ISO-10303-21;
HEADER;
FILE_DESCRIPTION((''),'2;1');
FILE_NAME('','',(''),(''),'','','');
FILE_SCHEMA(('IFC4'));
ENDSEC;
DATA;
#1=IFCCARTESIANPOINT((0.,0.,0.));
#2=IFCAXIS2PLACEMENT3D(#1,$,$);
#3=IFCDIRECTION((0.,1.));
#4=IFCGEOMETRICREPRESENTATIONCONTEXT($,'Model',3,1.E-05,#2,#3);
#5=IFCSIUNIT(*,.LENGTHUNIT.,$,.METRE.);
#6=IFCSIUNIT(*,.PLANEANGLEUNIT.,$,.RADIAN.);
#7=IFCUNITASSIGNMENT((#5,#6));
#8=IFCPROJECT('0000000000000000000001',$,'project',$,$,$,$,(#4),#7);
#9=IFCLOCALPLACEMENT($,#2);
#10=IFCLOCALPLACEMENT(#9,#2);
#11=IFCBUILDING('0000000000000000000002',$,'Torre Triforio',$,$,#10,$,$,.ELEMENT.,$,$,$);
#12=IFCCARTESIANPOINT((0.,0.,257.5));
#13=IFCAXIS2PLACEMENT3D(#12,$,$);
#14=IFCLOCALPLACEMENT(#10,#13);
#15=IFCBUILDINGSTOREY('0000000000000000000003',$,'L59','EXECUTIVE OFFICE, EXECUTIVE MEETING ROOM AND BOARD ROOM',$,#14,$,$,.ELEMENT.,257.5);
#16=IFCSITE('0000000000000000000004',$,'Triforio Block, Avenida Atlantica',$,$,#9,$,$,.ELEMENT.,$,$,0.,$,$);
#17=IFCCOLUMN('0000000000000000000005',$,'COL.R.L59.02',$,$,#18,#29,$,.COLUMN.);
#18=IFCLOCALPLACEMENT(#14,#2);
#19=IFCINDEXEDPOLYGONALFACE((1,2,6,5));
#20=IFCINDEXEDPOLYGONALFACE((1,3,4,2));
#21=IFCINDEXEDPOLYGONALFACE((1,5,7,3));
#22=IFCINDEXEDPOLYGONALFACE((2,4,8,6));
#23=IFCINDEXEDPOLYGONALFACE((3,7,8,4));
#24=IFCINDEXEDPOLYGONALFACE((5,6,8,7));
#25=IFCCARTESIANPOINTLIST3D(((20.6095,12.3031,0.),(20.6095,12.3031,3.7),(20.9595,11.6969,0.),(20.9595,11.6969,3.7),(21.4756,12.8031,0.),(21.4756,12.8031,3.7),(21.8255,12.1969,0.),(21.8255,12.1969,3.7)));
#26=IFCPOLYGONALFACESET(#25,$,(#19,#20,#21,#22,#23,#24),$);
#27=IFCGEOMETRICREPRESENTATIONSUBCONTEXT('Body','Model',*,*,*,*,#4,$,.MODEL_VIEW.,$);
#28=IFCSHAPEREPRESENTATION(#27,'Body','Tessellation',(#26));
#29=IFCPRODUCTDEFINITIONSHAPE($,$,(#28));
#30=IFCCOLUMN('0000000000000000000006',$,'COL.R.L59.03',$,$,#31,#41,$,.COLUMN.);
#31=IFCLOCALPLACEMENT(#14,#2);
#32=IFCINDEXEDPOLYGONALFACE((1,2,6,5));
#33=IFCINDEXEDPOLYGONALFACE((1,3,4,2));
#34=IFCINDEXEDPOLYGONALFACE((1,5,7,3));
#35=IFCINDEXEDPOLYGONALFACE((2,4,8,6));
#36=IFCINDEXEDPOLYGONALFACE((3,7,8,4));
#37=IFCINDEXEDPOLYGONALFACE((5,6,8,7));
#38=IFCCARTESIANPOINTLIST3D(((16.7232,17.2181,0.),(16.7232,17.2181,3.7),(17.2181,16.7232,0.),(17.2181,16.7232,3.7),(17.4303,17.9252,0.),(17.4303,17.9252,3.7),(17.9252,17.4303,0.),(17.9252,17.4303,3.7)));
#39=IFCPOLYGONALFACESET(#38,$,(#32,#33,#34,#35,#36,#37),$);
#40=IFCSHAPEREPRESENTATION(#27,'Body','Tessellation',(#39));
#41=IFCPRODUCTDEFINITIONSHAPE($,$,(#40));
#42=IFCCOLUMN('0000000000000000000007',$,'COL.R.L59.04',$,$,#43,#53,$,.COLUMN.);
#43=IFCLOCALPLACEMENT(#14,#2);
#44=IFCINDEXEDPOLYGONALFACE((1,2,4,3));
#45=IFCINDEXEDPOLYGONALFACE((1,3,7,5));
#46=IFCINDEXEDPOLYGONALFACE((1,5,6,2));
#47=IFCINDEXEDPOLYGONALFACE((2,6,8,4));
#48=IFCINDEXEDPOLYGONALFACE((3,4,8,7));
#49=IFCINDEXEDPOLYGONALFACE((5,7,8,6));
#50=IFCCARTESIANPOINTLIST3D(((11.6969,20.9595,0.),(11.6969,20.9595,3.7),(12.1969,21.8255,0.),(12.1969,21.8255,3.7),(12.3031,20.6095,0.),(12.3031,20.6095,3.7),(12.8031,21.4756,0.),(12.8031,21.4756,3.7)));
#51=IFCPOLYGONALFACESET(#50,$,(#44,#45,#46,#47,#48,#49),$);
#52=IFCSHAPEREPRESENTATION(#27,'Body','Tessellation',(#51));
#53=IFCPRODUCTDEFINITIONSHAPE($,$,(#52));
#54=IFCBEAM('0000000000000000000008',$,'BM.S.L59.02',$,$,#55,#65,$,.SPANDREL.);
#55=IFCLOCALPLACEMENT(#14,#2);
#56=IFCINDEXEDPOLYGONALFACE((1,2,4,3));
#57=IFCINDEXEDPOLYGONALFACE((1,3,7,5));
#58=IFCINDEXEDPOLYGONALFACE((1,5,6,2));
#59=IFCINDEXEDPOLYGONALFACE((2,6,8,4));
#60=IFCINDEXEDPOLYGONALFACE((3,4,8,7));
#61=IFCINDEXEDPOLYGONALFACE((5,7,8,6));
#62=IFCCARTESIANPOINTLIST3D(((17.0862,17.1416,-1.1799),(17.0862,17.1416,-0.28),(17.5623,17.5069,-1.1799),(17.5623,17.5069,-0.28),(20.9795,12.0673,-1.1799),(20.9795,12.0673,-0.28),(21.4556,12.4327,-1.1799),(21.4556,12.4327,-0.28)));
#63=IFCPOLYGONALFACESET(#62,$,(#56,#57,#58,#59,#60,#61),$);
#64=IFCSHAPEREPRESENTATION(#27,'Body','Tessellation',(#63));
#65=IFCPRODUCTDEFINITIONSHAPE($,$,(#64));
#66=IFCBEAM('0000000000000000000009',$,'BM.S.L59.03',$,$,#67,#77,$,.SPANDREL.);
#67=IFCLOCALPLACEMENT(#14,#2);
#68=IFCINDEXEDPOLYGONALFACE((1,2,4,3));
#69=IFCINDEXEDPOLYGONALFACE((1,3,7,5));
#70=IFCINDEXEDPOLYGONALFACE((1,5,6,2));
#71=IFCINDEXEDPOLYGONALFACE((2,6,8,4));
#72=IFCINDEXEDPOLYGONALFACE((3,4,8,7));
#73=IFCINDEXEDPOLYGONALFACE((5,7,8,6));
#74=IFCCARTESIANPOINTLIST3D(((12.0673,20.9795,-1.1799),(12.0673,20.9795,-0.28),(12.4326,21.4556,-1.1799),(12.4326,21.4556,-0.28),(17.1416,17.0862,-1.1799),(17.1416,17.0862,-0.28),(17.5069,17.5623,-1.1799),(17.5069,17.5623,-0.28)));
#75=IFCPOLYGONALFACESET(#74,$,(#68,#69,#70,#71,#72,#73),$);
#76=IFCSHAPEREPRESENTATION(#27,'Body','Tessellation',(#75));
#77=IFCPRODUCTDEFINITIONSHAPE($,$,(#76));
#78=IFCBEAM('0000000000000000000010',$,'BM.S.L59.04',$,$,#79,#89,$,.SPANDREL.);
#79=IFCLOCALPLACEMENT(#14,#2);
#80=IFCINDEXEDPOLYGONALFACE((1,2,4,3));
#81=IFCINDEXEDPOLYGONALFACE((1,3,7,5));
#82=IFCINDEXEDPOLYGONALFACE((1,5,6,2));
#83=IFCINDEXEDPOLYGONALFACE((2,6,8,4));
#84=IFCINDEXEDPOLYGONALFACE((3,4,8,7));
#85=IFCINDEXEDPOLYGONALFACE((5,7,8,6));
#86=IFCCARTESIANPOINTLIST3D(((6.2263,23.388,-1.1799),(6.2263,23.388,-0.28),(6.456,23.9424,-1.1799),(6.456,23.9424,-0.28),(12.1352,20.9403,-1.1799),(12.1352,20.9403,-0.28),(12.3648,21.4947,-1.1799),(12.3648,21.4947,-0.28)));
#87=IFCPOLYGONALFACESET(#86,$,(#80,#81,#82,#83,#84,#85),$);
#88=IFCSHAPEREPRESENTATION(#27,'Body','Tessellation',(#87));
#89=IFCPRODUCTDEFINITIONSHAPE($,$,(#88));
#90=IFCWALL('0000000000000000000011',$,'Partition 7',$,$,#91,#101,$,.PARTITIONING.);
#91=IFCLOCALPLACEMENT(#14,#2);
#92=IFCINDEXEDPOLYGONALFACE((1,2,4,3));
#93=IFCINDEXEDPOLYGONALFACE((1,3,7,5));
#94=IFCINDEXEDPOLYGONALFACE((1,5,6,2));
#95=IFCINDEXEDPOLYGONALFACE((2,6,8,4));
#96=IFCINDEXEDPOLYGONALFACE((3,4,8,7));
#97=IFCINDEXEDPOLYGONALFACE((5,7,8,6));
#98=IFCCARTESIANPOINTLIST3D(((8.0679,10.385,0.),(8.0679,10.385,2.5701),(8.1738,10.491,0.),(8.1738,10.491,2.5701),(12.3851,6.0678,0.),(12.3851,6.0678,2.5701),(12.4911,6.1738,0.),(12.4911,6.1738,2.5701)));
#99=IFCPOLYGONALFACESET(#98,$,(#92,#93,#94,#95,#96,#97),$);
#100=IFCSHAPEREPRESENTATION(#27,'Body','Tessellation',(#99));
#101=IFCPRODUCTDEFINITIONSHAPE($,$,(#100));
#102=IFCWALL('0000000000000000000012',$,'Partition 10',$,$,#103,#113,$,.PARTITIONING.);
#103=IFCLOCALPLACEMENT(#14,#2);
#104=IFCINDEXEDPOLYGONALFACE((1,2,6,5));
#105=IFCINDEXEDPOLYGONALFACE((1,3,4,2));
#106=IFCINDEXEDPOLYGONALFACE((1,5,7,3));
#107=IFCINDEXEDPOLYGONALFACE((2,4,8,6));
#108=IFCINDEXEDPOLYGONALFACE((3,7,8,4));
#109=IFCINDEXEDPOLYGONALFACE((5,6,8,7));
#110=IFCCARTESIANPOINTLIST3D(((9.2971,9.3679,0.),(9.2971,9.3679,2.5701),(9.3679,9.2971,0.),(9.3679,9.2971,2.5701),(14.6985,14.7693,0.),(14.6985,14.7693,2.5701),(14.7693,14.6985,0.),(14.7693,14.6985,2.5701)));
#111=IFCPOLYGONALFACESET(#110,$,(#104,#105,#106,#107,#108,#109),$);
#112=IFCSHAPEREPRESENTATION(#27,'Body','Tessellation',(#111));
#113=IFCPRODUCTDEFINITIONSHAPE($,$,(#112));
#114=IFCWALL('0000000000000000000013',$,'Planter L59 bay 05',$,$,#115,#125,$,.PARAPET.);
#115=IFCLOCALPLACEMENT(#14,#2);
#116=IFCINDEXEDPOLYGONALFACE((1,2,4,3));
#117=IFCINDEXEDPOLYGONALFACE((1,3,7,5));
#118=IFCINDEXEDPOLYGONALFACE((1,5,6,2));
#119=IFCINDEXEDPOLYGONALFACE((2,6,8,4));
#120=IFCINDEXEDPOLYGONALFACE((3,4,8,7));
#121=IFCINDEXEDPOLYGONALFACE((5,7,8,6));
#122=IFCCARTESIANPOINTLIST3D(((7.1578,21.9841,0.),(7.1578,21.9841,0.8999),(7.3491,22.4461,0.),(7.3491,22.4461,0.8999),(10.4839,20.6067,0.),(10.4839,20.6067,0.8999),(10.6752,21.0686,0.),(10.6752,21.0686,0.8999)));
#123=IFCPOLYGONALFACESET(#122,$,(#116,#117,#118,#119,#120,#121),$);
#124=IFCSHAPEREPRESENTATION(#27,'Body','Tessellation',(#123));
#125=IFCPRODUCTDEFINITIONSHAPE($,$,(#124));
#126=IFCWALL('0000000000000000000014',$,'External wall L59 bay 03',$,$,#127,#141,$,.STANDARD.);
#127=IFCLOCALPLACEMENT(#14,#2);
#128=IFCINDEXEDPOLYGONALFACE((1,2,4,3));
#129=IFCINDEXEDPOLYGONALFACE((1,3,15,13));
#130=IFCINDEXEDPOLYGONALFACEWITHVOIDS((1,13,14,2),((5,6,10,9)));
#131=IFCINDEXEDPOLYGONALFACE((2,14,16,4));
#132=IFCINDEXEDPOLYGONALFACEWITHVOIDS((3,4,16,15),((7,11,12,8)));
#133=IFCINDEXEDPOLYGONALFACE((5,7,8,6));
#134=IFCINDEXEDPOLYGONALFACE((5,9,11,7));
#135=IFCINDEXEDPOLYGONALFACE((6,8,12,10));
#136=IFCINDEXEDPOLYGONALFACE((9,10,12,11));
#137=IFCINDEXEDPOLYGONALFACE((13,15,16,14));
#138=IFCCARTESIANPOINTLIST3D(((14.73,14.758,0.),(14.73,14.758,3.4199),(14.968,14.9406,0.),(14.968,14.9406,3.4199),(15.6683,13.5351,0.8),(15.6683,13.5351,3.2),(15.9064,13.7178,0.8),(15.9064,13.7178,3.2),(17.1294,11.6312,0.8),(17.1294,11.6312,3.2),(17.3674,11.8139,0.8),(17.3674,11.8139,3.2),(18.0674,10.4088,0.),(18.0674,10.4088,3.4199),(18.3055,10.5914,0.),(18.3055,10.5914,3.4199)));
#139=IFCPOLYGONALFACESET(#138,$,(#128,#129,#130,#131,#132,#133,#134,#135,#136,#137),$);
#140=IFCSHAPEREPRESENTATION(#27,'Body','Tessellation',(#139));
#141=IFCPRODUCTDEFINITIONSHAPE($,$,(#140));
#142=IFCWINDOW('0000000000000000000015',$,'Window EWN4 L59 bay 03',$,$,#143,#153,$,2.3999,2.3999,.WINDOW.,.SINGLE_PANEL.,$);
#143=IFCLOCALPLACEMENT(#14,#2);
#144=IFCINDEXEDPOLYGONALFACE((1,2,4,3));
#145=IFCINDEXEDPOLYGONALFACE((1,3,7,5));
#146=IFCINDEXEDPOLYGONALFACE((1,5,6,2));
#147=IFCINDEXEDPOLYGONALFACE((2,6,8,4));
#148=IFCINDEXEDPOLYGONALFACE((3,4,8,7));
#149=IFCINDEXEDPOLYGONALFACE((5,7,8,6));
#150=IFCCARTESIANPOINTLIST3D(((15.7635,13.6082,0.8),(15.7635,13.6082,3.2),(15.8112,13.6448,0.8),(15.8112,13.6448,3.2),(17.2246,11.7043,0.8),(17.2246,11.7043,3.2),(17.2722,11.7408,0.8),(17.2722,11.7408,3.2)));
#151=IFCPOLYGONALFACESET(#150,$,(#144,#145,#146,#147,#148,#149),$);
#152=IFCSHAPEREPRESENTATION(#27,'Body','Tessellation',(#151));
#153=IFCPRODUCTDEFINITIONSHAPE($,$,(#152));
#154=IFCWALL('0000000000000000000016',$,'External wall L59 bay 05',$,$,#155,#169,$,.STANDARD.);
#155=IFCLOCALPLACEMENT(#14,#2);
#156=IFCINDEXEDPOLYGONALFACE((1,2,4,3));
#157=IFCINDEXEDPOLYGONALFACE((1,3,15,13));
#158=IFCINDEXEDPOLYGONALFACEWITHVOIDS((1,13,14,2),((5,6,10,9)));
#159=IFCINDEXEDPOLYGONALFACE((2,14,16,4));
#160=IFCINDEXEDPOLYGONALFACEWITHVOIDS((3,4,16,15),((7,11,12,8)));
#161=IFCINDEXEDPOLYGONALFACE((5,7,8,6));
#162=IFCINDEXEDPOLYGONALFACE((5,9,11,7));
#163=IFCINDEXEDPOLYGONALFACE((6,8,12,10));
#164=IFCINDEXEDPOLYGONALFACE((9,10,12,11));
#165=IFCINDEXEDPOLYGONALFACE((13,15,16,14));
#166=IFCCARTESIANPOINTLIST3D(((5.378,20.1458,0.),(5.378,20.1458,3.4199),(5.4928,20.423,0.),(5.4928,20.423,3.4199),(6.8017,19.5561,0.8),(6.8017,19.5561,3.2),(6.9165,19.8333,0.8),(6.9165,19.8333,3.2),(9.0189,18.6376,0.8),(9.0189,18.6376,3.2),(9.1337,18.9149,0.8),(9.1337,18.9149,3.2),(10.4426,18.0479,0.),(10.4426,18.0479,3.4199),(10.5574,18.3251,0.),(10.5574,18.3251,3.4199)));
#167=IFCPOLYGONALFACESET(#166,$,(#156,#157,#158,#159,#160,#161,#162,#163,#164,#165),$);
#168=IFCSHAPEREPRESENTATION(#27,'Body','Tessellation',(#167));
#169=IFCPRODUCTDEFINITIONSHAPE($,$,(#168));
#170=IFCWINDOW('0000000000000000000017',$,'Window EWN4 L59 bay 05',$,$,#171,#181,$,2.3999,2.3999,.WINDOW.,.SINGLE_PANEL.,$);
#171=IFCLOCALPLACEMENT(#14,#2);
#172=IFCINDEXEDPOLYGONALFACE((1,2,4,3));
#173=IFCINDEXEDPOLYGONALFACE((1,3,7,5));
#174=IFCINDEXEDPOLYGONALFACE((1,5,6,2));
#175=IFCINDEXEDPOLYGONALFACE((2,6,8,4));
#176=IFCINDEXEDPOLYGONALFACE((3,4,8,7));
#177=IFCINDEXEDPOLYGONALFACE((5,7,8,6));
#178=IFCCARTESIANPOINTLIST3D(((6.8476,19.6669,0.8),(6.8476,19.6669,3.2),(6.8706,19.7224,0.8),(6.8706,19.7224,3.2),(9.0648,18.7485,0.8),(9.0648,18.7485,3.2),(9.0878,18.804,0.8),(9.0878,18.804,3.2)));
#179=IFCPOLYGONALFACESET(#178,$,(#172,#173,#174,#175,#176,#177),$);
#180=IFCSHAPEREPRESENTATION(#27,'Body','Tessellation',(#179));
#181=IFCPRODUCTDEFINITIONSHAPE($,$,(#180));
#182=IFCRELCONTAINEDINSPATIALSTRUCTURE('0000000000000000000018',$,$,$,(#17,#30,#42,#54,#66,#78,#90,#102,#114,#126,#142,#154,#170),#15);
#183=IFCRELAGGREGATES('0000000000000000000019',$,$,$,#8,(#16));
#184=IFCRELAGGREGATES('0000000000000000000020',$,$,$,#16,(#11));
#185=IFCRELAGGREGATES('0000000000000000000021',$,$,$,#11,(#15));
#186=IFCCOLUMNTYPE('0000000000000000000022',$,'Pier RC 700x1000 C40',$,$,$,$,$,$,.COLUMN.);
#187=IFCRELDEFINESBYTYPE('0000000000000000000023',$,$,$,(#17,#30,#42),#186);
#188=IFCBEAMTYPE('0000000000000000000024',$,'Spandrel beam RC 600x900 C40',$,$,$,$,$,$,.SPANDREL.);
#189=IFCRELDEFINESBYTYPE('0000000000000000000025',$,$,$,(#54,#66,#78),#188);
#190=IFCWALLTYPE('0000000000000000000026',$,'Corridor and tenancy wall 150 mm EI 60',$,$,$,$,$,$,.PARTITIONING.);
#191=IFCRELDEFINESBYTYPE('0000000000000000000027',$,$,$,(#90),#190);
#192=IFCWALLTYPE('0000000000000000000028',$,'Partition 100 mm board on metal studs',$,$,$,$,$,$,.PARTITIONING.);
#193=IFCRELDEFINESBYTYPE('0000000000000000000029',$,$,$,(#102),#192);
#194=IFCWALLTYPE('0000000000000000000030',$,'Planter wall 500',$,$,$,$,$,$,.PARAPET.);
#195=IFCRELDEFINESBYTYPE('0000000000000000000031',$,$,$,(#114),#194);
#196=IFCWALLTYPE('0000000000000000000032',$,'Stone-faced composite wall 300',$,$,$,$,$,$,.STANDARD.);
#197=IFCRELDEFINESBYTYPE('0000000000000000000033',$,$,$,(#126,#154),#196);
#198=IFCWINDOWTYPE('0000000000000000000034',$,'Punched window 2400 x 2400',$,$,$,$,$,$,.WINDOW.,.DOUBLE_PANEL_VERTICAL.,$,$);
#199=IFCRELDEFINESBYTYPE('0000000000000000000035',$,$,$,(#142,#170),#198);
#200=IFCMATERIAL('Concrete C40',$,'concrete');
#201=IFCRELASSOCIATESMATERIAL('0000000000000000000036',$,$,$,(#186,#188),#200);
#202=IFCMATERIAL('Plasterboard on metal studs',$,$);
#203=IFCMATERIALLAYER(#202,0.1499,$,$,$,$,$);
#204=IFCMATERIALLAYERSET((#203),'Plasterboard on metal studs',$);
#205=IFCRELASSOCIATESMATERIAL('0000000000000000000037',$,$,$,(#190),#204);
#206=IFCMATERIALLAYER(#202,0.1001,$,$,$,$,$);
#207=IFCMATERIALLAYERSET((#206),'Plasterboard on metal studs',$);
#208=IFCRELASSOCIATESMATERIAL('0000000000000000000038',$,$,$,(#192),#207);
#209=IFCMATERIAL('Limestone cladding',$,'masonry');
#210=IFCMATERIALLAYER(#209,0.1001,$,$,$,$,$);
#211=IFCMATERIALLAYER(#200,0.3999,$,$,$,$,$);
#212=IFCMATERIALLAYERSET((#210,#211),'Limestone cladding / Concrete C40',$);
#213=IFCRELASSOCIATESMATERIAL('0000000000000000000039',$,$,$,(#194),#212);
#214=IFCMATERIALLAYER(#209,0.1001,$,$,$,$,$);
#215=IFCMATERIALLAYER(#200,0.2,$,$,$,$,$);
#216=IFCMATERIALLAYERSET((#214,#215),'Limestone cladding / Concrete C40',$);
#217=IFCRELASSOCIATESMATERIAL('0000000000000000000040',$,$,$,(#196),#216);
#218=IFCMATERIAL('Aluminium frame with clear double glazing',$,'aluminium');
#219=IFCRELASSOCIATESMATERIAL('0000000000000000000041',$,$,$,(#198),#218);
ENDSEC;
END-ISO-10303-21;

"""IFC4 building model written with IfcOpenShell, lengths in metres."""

from ifc_helpers import new_model, si_unit, direction, frame, frame_2d, origin, origin_2d, place, context, subcontext, project, spatial, rectangle, extrude, material, layer, layer_set, material_profile, profile_set, type_object, element, fill, save


model = new_model("IFC4")

# Units and contexts
model_context = context("Model", 3, precision=1e-05, world=origin(), true_north=direction((0.0, 1.0)))
body_context = subcontext(model_context, "Body", "Model", "MODEL_VIEW")
ifc_project = project(units=[si_unit("LENGTHUNIT", "METRE"), si_unit("PLANEANGLEUNIT", "RADIAN")], contexts=[model_context])

# Site, building, storey
site_placement = place(None, origin())
site = spatial("IfcSite", under=ifc_project, at=site_placement, Name="Triforio Block, Avenida Atlantica", CompositionType="ELEMENT", RefElevation=0.0)
building_placement = place(site_placement, origin())
building = spatial("IfcBuilding", under=site, at=building_placement, Name="Torre Triforio", CompositionType="ELEMENT")
storey_placement = place(building_placement, frame((0.0, 0.0, 257.5)))
storey = spatial("IfcBuildingStorey", under=building, at=storey_placement, Name="L59", Description="EXECUTIVE OFFICE, EXECUTIVE MEETING ROOM AND BOARD ROOM", CompositionType="ELEMENT", Elevation=257.5)

# Columns
ifc_material_1 = material(Name="Concrete C40", Category="concrete")
ifc_material_profile_1 = material_profile(ifc_material_1, rectangle(XDim=0.7, YDim=1.0, at=origin_2d()), Name="RC 700x1000")
ifc_profile_set_1 = profile_set([ifc_material_profile_1], Name="Concrete C40")
column_type = type_object("IfcColumnType", Name="Pier RC 700x1000 C40", PredefinedType="COLUMN", material=ifc_profile_set_1)
for number, where, z_axis, x_axis, name in (
    (1, (21.2175, 12.25, 0.0), (0.0, 0.0, 1.0), (-0.5, 0.866025, 0.0), "COL.R.L59.02"),
    (2, (17.3242, 17.3242, 0.0), (0.0, 0.0, 1.0), (-0.707107, 0.707107, 0.0), "COL.R.L59.03"),
    (3, (12.25, 21.2175, 0.0), (0.0, 0.0, 1.0), (-0.866025, 0.5, 0.0), "COL.R.L59.04"),
):
    element("IfcColumn", number, at=place(storey_placement, frame(where, z_axis=z_axis, x_axis=x_axis)), inside=storey, type_object=column_type, Name=name, PredefinedType="COLUMN", context=body_context, shape_type="SweptSolid", body=[
        extrude(rectangle(XDim=0.7, YDim=1.0, at=origin_2d()), origin(), (0.0, 0.0, 1.0), 3.7),
    ])

# Beams
ifc_material_profile_2 = material_profile(ifc_material_1, rectangle(XDim=0.6001, YDim=0.8999, at=origin_2d()), Name="RC 600x900")
ifc_profile_set_2 = profile_set([ifc_material_profile_2], Name="Concrete C40")
beam_type = type_object("IfcBeamType", Name="Spandrel beam RC 600x900 C40", PredefinedType="SPANDREL", material=ifc_profile_set_2)
for number, where, z_axis, x_axis, name in (
    (4, (21.2175, 12.25, -0.73), (-0.608734, 0.793374, 0.0), (-0.793374, -0.608734, 0.0), "BM.S.L59.02"),
    (5, (17.3242, 17.3242, -0.73), (-0.793374, 0.608734, 0.0), (-0.608734, -0.793374, 0.0), "BM.S.L59.03"),
    (6, (12.25, 21.2175, -0.73), (-0.923869, 0.382709, 0.0), (-0.382709, -0.923869, 0.0), "BM.S.L59.04"),
):
    element("IfcBeam", number, at=place(storey_placement, frame(where, z_axis=z_axis, x_axis=x_axis)), inside=storey, type_object=beam_type, Name=name, PredefinedType="SPANDREL", context=body_context, shape_type="SweptSolid", body=[
        extrude(rectangle(XDim=0.6001, YDim=0.8999, at=origin_2d()), origin(), (0.0, 0.0, 1.0), 6.3958),
    ])

# Walls
ifc_material_2 = material(Name="Plasterboard on metal studs")
ifc_layer_1 = layer(ifc_material_2, 0.1499)
ifc_layer_set_1 = layer_set([ifc_layer_1], Name="Plasterboard on metal studs")
wall_type_1 = type_object("IfcWallType", Name="Corridor and tenancy wall 150 mm EI 60", PredefinedType="PARTITIONING", material=ifc_layer_set_1)
wall_1_placement = place(storey_placement, frame((8.1208, 10.438, 0.0), z_axis=(0.0, 0.0, 1.0), x_axis=(0.707107, -0.707107, 0.0)))
element("IfcWall", 7, at=wall_1_placement, inside=storey, type_object=wall_type_1, Name="Partition 7", PredefinedType="PARTITIONING", context=body_context, shape_type="SweptSolid", body=[
    extrude(rectangle(XDim=6.1055, YDim=0.1499, at=frame_2d((3.0527, 0.0))), origin(), (0.0, 0.0, 1.0), 2.5701),
])
ifc_layer_2 = layer(ifc_material_2, 0.1001)
ifc_layer_set_2 = layer_set([ifc_layer_2], Name="Plasterboard on metal studs")
wall_type_2 = type_object("IfcWallType", Name="Partition 100 mm board on metal studs", PredefinedType="PARTITIONING", material=ifc_layer_set_2)
wall_2_placement = place(storey_placement, frame((9.3325, 9.3325, 0.0), z_axis=(0.0, 0.0, 1.0), x_axis=(0.707107, 0.707107, 0.0)))
element("IfcWall", 8, at=wall_2_placement, inside=storey, type_object=wall_type_2, Name="Partition 10", PredefinedType="PARTITIONING", context=body_context, shape_type="SweptSolid", body=[
    extrude(rectangle(XDim=7.6387, YDim=0.1001, at=frame_2d((3.8193, 0.0))), origin(), (0.0, 0.0, 1.0), 2.5701),
])
ifc_material_3 = material(Name="Limestone cladding", Category="masonry")
ifc_layer_3 = layer(ifc_material_3, 0.1001)
ifc_layer_4 = layer(ifc_material_1, 0.3999)
ifc_layer_set_3 = layer_set([ifc_layer_3, ifc_layer_4], Name="Limestone cladding / Concrete C40")
wall_type_3 = type_object("IfcWallType", Name="Planter wall 500", PredefinedType="PARAPET", material=ifc_layer_set_3)
wall_3_placement = place(storey_placement, frame((10.5796, 20.8376, 0.0), z_axis=(0.0, 0.0, 1.0), x_axis=(-0.923909, 0.382611, 0.0)))
element("IfcWall", 9, at=wall_3_placement, inside=storey, type_object=wall_type_3, Name="Planter L59 bay 05", PredefinedType="PARAPET", context=body_context, shape_type="SweptSolid", body=[
    extrude(rectangle(XDim=3.6001, YDim=0.5, at=frame_2d((1.8, 0.0))), origin(), (0.0, 0.0, 1.0), 0.8999),
])

# Wall, opening, window
ifc_layer_5 = layer(ifc_material_3, 0.1001)
ifc_layer_6 = layer(ifc_material_1, 0.2)
ifc_layer_set_4 = layer_set([ifc_layer_5, ifc_layer_6], Name="Limestone cladding / Concrete C40")
wall_type_4 = type_object("IfcWallType", Name="Stone-faced composite wall 300", PredefinedType="STANDARD", material=ifc_layer_set_4)
wall_4_placement = place(storey_placement, frame((18.1865, 10.5, 0.0), z_axis=(0.0, 0.0, 1.0), x_axis=(-0.608785, 0.793335, 0.0)))
wall_4 = element("IfcWall", 10, at=wall_4_placement, inside=storey, type_object=wall_type_4, Name="External wall L59 bay 03", PredefinedType="STANDARD", context=body_context, shape_type="SweptSolid", body=[
    extrude(rectangle(XDim=5.4822, YDim=0.3, at=frame_2d((2.7412, 0.0))), origin(), (0.0, 0.0, 1.0), 3.4199),
])
opening_1_placement = place(wall_4_placement, frame((1.541, 0.0, 0.8)))
opening_1 = element("IfcOpeningElement", 11, at=opening_1_placement, cuts=wall_4, PredefinedType="OPENING", context=body_context, shape_type="SweptSolid", body=[
    extrude(rectangle(XDim=2.3999, YDim=2.3999, at=frame_2d((1.2, 1.2))), frame((0.0, 0.1599, 0.0), z_axis=(0.0, -1.0, 0.0), x_axis=(1.0, 0.0, 0.0)), (0.0, 0.0, 1.0), 0.3201),
])
ifc_material_4 = material(Name="Aluminium frame with clear double glazing", Category="aluminium")
window_type_1 = type_object("IfcWindowType", Name="Punched window 2400 x 2400", PartitioningType="DOUBLE_PANEL_VERTICAL", PredefinedType="WINDOW", material=ifc_material_4)
window_1_placement = place(opening_1_placement, origin())
window_1 = element("IfcWindow", 12, at=window_1_placement, inside=storey, type_object=window_type_1, Name="Window EWN4 L59 bay 03", OverallHeight=2.3999, OverallWidth=2.3999, PartitioningType="SINGLE_PANEL", PredefinedType="WINDOW", context=body_context, shape_type="SweptSolid", body=[
    extrude(rectangle(XDim=2.3999, YDim=2.3999, at=frame_2d((1.2, 1.2))), frame((0.0, 0.03, 0.0), z_axis=(0.0, -1.0, 0.0), x_axis=(1.0, 0.0, 0.0)), (0.0, 0.0, 1.0), 0.0601),
])
fill(opening_1, window_1)

# Wall, opening, window
wall_5_placement = place(storey_placement, frame((10.5, 18.1865, 0.0), z_axis=(0.0, 0.0, 1.0), x_axis=(-0.923877, 0.382689, 0.0)))
wall_5 = element("IfcWall", 13, at=wall_5_placement, inside=storey, type_object=wall_type_4, Name="External wall L59 bay 05", PredefinedType="STANDARD", context=body_context, shape_type="SweptSolid", body=[
    extrude(rectangle(XDim=5.4819, YDim=0.3, at=frame_2d((2.741, 0.0))), origin(), (0.0, 0.0, 1.0), 3.4199),
])
opening_2_placement = place(wall_5_placement, frame((1.541, 0.0, 0.8)))
opening_2 = element("IfcOpeningElement", 14, at=opening_2_placement, cuts=wall_5, PredefinedType="OPENING", context=body_context, shape_type="SweptSolid", body=[
    extrude(rectangle(XDim=2.3999, YDim=2.3999, at=frame_2d((1.2, 1.2))), frame((0.0, 0.1599, 0.0), z_axis=(0.0, -1.0, 0.0), x_axis=(1.0, 0.0, 0.0)), (0.0, 0.0, 1.0), 0.3201),
])
window_2_placement = place(opening_2_placement, origin())
window_2 = element("IfcWindow", 15, at=window_2_placement, inside=storey, type_object=window_type_1, Name="Window EWN4 L59 bay 05", OverallHeight=2.3999, OverallWidth=2.3999, PartitioningType="SINGLE_PANEL", PredefinedType="WINDOW", context=body_context, shape_type="SweptSolid", body=[
    extrude(rectangle(XDim=2.3999, YDim=2.3999, at=frame_2d((1.2, 1.2))), frame((0.0, 0.03, 0.0), z_axis=(0.0, -1.0, 0.0), x_axis=(1.0, 0.0, 0.0)), (0.0, 0.0, 1.0), 0.0601),
])
fill(opening_2, window_2)

save(model, "model.ifc")
